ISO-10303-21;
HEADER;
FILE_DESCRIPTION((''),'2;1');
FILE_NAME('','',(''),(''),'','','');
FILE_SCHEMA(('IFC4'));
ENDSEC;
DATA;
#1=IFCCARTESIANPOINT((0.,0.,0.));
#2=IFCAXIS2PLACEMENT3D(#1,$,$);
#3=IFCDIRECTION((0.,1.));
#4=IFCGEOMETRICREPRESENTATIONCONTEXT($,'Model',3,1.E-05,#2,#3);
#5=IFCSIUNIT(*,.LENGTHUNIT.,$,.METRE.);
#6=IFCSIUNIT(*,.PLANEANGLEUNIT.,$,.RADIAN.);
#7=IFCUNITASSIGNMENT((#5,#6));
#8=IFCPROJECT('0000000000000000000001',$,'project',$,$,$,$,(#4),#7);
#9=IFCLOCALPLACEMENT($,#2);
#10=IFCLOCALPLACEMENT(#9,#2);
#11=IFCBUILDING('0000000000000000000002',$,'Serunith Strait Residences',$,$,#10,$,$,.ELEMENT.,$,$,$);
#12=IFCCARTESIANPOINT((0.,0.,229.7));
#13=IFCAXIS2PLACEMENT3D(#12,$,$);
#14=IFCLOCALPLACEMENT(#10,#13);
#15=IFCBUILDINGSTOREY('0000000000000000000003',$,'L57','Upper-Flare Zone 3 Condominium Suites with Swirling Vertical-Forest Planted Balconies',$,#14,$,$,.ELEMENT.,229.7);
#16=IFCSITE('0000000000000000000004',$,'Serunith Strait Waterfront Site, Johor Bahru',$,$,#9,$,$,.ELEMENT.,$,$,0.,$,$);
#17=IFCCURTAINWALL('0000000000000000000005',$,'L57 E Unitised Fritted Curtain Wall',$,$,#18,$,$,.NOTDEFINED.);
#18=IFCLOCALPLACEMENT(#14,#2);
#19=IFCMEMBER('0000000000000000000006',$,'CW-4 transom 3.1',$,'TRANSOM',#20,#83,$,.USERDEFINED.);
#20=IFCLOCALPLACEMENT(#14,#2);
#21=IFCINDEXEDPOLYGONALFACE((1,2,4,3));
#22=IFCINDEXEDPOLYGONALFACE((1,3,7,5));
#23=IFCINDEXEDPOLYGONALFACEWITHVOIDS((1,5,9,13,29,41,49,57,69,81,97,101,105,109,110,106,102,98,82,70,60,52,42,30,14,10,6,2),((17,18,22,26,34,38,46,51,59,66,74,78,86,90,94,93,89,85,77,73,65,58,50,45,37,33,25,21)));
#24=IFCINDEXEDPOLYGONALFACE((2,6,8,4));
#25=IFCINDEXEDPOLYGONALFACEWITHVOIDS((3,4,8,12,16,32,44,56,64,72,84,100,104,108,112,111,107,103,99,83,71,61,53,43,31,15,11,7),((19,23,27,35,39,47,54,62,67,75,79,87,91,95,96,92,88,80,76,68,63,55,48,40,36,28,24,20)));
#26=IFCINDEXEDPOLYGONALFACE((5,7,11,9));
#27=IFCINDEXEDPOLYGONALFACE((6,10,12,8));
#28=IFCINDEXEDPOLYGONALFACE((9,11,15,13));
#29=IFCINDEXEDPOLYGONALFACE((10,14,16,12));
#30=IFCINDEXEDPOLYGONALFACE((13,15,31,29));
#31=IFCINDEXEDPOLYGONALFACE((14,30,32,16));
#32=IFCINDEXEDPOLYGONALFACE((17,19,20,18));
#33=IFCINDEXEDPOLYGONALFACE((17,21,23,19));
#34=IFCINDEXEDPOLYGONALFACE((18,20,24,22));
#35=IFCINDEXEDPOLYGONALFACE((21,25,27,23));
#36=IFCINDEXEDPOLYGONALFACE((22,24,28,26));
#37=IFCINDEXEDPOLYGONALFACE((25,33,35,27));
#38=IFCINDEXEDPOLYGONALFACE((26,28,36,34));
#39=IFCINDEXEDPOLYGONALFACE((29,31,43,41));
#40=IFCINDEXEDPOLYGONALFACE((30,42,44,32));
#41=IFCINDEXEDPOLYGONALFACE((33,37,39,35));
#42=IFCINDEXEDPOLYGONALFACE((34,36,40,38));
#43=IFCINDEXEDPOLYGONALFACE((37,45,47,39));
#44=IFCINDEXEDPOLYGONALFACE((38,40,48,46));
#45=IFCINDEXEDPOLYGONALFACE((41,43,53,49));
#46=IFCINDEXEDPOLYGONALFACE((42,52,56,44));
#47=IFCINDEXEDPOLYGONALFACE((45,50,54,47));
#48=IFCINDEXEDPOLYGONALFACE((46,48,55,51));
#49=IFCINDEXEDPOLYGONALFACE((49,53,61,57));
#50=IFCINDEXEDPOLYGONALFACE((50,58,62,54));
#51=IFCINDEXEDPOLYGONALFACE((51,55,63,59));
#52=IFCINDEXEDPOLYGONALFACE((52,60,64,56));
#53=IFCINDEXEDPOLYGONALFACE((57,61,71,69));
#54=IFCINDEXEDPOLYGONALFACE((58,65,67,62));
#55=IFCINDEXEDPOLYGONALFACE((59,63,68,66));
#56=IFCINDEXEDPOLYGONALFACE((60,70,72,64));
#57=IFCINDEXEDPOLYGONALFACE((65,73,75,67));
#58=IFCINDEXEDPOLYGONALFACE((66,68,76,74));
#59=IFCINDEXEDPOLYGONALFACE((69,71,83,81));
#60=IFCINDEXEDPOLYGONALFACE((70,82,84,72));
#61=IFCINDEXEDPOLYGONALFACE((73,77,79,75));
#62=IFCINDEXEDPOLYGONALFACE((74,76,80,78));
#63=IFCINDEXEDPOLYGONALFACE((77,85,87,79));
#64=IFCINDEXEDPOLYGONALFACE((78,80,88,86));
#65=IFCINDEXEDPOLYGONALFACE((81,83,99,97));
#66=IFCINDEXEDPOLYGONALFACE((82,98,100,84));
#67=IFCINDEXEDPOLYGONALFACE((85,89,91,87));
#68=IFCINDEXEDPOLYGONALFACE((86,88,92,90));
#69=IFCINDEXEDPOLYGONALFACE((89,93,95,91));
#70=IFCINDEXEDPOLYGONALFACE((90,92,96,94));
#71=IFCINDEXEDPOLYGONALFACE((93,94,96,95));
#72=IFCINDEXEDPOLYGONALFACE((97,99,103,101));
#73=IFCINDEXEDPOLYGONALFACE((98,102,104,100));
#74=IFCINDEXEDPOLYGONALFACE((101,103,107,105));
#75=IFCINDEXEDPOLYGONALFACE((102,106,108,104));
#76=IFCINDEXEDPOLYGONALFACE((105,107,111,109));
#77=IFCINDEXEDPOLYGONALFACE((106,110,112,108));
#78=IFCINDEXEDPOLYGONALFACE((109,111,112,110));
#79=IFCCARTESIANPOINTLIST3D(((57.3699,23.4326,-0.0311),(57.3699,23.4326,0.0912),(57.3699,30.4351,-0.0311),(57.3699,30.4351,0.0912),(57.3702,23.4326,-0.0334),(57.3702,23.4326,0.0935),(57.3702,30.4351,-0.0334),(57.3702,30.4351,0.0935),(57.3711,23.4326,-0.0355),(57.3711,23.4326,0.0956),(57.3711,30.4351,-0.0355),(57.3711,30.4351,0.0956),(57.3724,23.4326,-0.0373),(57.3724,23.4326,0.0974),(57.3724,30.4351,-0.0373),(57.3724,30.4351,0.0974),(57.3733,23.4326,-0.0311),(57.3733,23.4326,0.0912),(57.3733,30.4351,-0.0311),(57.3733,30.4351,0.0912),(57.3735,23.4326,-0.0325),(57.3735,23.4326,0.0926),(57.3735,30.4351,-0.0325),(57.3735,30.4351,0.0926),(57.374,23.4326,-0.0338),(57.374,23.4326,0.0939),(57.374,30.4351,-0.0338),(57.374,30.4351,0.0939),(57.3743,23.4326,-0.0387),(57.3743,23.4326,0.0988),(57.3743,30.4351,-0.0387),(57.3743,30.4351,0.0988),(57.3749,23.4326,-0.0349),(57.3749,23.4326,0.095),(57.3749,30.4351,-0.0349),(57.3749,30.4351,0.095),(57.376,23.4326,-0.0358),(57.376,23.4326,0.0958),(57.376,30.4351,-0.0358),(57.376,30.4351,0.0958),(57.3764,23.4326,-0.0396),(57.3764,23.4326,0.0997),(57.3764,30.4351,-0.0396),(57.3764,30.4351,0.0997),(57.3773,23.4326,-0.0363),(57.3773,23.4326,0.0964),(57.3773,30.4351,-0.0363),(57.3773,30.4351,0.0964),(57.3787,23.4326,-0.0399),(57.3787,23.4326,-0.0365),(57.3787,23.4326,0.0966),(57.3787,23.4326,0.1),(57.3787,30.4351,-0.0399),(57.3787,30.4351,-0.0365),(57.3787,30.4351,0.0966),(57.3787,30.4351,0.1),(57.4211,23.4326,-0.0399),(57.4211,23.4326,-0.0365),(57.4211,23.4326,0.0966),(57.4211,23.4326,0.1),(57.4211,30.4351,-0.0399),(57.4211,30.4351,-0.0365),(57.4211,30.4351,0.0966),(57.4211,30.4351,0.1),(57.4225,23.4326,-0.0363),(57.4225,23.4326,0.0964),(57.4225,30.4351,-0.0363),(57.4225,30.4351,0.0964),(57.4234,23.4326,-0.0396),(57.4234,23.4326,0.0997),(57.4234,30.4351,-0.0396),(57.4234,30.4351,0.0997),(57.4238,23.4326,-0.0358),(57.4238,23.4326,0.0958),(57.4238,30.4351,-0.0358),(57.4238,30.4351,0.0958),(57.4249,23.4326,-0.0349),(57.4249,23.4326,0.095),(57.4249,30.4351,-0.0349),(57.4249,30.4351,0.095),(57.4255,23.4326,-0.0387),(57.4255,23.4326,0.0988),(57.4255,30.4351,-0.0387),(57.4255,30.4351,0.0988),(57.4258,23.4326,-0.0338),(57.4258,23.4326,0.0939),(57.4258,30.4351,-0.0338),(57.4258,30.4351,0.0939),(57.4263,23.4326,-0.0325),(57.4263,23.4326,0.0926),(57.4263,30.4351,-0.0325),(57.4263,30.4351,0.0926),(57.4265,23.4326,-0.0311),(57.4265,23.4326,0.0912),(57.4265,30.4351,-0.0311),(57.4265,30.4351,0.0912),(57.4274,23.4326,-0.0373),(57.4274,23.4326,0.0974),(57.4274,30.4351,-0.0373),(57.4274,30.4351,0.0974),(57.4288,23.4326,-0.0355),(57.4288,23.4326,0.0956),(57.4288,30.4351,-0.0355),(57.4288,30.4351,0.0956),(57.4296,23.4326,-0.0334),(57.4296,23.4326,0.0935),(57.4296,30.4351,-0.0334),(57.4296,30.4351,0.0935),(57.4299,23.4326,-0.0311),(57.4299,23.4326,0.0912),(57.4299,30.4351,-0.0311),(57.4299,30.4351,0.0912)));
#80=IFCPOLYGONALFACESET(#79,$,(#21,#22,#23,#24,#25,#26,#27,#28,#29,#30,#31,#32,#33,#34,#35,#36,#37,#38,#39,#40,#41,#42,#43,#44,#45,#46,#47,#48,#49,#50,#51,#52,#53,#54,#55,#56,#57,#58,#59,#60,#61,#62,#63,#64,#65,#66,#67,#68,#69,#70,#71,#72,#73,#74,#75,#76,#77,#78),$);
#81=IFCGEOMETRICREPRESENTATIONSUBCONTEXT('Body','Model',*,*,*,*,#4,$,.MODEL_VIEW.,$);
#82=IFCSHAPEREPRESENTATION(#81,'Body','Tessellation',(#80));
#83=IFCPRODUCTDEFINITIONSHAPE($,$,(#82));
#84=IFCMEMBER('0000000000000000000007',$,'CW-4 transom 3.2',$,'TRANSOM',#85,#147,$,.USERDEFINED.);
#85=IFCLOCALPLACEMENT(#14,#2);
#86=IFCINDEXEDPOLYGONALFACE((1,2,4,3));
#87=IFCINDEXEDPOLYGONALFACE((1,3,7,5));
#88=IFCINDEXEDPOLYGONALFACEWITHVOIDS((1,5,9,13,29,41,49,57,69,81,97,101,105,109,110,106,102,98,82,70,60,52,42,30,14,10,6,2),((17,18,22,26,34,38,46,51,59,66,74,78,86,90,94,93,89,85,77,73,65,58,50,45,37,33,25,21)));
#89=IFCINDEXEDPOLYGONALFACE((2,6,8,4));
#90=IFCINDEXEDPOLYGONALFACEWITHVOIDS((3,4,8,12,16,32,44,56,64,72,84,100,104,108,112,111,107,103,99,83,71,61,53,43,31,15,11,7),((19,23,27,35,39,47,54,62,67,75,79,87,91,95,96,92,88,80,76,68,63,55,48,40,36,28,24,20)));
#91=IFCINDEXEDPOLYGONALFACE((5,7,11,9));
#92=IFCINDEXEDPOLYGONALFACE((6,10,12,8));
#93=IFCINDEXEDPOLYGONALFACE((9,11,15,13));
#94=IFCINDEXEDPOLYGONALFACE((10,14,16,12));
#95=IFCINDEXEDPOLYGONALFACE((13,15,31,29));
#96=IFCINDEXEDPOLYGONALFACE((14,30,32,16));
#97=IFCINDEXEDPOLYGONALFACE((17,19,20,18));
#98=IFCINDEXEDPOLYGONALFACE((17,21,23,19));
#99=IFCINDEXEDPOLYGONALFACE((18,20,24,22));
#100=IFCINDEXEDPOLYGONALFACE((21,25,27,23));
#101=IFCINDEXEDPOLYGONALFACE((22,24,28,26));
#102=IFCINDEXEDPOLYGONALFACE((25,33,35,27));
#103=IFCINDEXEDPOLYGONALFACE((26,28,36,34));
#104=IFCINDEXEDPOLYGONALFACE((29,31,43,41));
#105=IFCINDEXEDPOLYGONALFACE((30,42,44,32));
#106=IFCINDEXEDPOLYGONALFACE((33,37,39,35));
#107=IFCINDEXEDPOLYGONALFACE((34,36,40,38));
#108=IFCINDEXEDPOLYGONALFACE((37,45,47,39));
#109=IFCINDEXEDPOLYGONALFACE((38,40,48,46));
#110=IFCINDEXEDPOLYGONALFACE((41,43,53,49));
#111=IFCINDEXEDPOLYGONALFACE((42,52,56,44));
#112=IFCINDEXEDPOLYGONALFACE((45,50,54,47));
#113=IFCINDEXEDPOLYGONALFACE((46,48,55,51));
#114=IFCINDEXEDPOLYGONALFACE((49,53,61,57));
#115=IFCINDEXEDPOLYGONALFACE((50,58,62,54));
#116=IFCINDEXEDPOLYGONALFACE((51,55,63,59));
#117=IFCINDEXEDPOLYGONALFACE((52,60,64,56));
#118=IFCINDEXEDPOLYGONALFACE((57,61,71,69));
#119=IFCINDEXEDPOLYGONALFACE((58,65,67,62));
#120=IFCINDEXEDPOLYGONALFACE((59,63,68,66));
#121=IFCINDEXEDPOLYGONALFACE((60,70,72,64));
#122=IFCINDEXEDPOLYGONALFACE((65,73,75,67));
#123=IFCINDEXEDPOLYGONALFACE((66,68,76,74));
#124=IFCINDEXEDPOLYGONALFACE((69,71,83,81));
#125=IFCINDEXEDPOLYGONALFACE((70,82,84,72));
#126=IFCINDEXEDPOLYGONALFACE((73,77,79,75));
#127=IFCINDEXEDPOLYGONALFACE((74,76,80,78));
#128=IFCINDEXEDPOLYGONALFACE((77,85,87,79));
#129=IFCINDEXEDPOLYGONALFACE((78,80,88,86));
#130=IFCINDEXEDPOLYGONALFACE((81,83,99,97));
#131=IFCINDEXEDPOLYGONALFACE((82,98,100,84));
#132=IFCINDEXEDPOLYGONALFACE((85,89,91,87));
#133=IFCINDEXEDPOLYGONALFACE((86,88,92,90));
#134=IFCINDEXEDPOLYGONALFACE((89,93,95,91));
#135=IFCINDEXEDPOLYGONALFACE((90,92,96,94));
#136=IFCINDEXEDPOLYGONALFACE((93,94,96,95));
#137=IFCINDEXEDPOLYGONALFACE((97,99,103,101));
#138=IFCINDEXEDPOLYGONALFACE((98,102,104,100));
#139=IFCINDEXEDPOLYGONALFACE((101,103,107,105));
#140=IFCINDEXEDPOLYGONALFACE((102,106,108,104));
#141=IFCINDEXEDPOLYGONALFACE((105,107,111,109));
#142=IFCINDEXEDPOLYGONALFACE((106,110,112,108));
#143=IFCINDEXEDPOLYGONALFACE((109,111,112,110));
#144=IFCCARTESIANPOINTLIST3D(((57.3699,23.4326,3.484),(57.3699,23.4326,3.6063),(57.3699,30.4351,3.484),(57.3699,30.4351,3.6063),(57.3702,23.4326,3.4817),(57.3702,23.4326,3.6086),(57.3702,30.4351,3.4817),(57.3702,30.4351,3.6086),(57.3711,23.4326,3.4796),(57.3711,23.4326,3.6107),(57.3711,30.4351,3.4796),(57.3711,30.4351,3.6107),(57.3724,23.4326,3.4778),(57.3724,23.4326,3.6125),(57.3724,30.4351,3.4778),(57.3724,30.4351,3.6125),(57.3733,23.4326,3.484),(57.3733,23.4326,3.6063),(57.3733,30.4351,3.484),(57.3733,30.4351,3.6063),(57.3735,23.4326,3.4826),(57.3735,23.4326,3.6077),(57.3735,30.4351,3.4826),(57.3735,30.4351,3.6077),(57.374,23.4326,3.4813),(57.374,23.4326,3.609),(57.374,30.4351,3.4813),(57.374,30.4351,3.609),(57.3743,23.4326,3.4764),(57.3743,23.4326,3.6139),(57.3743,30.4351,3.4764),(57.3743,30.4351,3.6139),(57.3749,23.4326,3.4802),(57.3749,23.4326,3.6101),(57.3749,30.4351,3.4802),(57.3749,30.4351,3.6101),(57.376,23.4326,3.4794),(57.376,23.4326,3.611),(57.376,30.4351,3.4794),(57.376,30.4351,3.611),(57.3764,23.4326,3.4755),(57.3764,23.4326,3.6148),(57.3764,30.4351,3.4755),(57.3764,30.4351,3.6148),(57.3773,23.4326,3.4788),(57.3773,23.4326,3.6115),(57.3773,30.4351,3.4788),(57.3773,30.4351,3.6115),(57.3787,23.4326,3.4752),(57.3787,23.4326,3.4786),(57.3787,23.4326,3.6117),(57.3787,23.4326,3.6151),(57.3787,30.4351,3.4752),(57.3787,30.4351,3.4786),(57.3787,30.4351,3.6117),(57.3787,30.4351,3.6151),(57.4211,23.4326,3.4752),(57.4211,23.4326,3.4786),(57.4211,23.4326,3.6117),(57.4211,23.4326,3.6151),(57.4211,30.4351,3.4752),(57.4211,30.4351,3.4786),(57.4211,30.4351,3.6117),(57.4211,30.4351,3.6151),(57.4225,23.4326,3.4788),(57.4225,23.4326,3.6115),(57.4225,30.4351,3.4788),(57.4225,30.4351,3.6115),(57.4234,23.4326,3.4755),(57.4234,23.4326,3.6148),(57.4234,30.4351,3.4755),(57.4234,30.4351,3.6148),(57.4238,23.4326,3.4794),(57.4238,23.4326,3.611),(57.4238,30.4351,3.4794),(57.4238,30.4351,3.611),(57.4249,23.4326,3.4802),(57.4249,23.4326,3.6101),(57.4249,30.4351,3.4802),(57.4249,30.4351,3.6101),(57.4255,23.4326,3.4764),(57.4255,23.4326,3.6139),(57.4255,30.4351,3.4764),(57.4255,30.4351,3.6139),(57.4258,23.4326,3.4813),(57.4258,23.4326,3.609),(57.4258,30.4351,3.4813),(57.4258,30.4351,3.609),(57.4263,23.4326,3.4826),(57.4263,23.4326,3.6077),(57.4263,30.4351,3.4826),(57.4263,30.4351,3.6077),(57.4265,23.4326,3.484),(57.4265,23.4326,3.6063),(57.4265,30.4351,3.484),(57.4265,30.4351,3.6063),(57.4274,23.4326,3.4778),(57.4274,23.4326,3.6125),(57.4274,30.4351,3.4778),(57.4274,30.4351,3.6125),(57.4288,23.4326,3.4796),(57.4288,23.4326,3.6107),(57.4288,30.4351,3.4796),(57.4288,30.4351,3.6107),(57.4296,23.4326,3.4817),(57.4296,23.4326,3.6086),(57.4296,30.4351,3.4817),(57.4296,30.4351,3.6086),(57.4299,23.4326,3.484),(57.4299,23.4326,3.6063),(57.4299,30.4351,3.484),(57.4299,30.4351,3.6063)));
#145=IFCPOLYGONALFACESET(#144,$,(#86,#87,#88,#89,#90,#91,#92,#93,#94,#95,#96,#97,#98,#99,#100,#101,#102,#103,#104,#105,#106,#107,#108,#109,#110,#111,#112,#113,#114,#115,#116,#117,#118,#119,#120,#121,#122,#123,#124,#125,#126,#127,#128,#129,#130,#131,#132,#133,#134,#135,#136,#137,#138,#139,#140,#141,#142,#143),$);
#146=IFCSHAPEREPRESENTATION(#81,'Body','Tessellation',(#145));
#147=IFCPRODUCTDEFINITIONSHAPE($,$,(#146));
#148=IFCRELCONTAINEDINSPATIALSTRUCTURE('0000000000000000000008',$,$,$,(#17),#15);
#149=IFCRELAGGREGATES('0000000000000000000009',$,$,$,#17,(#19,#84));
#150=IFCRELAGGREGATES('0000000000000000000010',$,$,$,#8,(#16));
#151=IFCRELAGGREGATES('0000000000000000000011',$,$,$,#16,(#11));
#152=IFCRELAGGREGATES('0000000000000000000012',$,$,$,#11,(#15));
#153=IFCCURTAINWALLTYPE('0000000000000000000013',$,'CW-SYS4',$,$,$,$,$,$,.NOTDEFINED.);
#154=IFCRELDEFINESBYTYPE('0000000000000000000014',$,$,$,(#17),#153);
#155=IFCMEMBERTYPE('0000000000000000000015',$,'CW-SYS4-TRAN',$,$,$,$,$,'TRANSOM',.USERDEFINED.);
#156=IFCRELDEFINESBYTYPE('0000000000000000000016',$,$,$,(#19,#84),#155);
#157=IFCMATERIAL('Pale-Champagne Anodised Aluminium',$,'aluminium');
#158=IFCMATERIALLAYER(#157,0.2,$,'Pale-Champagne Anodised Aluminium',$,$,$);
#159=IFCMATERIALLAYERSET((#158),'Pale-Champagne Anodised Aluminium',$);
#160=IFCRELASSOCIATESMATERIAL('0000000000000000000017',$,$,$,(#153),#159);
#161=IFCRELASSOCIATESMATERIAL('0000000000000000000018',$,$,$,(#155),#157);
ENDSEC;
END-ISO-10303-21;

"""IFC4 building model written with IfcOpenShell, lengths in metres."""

from ifc_helpers import new_model, si_unit, direction, frame, origin, origin_2d, place, context, subcontext, project, spatial, hollow_rectangle, extrude, source, transform, mapped, material, layer, layer_set, material_profile, profile_set, type_object, element, aggregate, save


model = new_model("IFC4")

# Units and contexts
model_context = context("Model", 3, precision=1e-05, world=origin(), true_north=direction((0.0, 1.0)))
body_context = subcontext(model_context, "Body", "Model", "MODEL_VIEW")
ifc_project = project(units=[si_unit("LENGTHUNIT", "METRE"), si_unit("PLANEANGLEUNIT", "RADIAN")], contexts=[model_context])

# Site, building, storey
site_placement = place(None, origin())
site = spatial("IfcSite", under=ifc_project, at=site_placement, Name="Serunith Strait Waterfront Site, Johor Bahru", CompositionType="ELEMENT", RefElevation=0.0)
building_placement = place(site_placement, origin())
building = spatial("IfcBuilding", under=site, at=building_placement, Name="Serunith Strait Residences", CompositionType="ELEMENT")
storey_placement = place(building_placement, frame((0.0, 0.0, 229.7)))
storey = spatial("IfcBuildingStorey", under=building, at=storey_placement, Name="L57", Description="Upper-Flare Zone 3 Condominium Suites with Swirling Vertical-Forest Planted Balconies", CompositionType="ELEMENT", Elevation=229.7)

# Curtain wall
ifc_material_1 = material(Name="Pale-Champagne Anodised Aluminium", Category="aluminium")
ifc_layer_1 = layer(ifc_material_1, 0.2, Name="Pale-Champagne Anodised Aluminium")
ifc_layer_set_1 = layer_set([ifc_layer_1], Name="Pale-Champagne Anodised Aluminium")
curtain_wall_type = type_object("IfcCurtainWallType", Name="CW-SYS4", PredefinedType="NOTDEFINED", material=ifc_layer_set_1)
curtain_wall_1_placement = place(storey_placement, origin())
curtain_wall_1 = element("IfcCurtainWall", 1, at=curtain_wall_1_placement, inside=storey, type_object=curtain_wall_type, Name="L57 E Unitised Fritted Curtain Wall", PredefinedType="NOTDEFINED")

# Members
ifc_material_profile_1 = material_profile(ifc_material_1, hollow_rectangle(XDim=0.0601, YDim=0.1399, WallThickness=0.0034, InnerFilletRadius=0.0054, OuterFilletRadius=0.0088, at=origin_2d()), Name="ALU 140x60x3.5")
ifc_profile_set_1 = profile_set([ifc_material_profile_1], Name="Pale-Champagne Anodised Aluminium")
member_type_1 = type_object("IfcMemberType", Name="CW-SYS4-TRAN", ElementType="TRANSOM", PredefinedType="USERDEFINED", material=ifc_profile_set_1)
shared_shape_1 = source(origin(), body_context, "Body", "SweptSolid", [
    extrude(hollow_rectangle(XDim=0.0601, YDim=0.1399, WallThickness=0.0034, InnerFilletRadius=0.0054, OuterFilletRadius=0.0088, at=origin_2d()), origin(), (0.0, 0.0, 1.0), 7.0024),
])
member_1_placement = place(storey_placement, frame((57.3999, 23.4326, 0.03), z_axis=(0.0, 1.0, 0.0), x_axis=(-1.0, 0.0, 0.0)))
member_1 = element("IfcMember", 2, at=member_1_placement, type_object=member_type_1, Name="CW-4 transom 3.1", ObjectType="TRANSOM", PredefinedType="USERDEFINED", context=body_context, shape_type="MappedRepresentation", body=[
    mapped(shared_shape_1, transform((0.0, 0.0, 0.0), scale=1.0)),
])
member_2_placement = place(storey_placement, frame((57.3999, 23.4326, 3.5452), z_axis=(0.0, 1.0, 0.0), x_axis=(-1.0, 0.0, 0.0)))
member_2 = element("IfcMember", 3, at=member_2_placement, type_object=member_type_1, Name="CW-4 transom 3.2", ObjectType="TRANSOM", PredefinedType="USERDEFINED", context=body_context, shape_type="MappedRepresentation", body=[
    mapped(shared_shape_1, transform((0.0, 0.0, 0.0), scale=1.0)),
])

aggregate(curtain_wall_1, [member_1, member_2])

save(model, "model.ifc")
